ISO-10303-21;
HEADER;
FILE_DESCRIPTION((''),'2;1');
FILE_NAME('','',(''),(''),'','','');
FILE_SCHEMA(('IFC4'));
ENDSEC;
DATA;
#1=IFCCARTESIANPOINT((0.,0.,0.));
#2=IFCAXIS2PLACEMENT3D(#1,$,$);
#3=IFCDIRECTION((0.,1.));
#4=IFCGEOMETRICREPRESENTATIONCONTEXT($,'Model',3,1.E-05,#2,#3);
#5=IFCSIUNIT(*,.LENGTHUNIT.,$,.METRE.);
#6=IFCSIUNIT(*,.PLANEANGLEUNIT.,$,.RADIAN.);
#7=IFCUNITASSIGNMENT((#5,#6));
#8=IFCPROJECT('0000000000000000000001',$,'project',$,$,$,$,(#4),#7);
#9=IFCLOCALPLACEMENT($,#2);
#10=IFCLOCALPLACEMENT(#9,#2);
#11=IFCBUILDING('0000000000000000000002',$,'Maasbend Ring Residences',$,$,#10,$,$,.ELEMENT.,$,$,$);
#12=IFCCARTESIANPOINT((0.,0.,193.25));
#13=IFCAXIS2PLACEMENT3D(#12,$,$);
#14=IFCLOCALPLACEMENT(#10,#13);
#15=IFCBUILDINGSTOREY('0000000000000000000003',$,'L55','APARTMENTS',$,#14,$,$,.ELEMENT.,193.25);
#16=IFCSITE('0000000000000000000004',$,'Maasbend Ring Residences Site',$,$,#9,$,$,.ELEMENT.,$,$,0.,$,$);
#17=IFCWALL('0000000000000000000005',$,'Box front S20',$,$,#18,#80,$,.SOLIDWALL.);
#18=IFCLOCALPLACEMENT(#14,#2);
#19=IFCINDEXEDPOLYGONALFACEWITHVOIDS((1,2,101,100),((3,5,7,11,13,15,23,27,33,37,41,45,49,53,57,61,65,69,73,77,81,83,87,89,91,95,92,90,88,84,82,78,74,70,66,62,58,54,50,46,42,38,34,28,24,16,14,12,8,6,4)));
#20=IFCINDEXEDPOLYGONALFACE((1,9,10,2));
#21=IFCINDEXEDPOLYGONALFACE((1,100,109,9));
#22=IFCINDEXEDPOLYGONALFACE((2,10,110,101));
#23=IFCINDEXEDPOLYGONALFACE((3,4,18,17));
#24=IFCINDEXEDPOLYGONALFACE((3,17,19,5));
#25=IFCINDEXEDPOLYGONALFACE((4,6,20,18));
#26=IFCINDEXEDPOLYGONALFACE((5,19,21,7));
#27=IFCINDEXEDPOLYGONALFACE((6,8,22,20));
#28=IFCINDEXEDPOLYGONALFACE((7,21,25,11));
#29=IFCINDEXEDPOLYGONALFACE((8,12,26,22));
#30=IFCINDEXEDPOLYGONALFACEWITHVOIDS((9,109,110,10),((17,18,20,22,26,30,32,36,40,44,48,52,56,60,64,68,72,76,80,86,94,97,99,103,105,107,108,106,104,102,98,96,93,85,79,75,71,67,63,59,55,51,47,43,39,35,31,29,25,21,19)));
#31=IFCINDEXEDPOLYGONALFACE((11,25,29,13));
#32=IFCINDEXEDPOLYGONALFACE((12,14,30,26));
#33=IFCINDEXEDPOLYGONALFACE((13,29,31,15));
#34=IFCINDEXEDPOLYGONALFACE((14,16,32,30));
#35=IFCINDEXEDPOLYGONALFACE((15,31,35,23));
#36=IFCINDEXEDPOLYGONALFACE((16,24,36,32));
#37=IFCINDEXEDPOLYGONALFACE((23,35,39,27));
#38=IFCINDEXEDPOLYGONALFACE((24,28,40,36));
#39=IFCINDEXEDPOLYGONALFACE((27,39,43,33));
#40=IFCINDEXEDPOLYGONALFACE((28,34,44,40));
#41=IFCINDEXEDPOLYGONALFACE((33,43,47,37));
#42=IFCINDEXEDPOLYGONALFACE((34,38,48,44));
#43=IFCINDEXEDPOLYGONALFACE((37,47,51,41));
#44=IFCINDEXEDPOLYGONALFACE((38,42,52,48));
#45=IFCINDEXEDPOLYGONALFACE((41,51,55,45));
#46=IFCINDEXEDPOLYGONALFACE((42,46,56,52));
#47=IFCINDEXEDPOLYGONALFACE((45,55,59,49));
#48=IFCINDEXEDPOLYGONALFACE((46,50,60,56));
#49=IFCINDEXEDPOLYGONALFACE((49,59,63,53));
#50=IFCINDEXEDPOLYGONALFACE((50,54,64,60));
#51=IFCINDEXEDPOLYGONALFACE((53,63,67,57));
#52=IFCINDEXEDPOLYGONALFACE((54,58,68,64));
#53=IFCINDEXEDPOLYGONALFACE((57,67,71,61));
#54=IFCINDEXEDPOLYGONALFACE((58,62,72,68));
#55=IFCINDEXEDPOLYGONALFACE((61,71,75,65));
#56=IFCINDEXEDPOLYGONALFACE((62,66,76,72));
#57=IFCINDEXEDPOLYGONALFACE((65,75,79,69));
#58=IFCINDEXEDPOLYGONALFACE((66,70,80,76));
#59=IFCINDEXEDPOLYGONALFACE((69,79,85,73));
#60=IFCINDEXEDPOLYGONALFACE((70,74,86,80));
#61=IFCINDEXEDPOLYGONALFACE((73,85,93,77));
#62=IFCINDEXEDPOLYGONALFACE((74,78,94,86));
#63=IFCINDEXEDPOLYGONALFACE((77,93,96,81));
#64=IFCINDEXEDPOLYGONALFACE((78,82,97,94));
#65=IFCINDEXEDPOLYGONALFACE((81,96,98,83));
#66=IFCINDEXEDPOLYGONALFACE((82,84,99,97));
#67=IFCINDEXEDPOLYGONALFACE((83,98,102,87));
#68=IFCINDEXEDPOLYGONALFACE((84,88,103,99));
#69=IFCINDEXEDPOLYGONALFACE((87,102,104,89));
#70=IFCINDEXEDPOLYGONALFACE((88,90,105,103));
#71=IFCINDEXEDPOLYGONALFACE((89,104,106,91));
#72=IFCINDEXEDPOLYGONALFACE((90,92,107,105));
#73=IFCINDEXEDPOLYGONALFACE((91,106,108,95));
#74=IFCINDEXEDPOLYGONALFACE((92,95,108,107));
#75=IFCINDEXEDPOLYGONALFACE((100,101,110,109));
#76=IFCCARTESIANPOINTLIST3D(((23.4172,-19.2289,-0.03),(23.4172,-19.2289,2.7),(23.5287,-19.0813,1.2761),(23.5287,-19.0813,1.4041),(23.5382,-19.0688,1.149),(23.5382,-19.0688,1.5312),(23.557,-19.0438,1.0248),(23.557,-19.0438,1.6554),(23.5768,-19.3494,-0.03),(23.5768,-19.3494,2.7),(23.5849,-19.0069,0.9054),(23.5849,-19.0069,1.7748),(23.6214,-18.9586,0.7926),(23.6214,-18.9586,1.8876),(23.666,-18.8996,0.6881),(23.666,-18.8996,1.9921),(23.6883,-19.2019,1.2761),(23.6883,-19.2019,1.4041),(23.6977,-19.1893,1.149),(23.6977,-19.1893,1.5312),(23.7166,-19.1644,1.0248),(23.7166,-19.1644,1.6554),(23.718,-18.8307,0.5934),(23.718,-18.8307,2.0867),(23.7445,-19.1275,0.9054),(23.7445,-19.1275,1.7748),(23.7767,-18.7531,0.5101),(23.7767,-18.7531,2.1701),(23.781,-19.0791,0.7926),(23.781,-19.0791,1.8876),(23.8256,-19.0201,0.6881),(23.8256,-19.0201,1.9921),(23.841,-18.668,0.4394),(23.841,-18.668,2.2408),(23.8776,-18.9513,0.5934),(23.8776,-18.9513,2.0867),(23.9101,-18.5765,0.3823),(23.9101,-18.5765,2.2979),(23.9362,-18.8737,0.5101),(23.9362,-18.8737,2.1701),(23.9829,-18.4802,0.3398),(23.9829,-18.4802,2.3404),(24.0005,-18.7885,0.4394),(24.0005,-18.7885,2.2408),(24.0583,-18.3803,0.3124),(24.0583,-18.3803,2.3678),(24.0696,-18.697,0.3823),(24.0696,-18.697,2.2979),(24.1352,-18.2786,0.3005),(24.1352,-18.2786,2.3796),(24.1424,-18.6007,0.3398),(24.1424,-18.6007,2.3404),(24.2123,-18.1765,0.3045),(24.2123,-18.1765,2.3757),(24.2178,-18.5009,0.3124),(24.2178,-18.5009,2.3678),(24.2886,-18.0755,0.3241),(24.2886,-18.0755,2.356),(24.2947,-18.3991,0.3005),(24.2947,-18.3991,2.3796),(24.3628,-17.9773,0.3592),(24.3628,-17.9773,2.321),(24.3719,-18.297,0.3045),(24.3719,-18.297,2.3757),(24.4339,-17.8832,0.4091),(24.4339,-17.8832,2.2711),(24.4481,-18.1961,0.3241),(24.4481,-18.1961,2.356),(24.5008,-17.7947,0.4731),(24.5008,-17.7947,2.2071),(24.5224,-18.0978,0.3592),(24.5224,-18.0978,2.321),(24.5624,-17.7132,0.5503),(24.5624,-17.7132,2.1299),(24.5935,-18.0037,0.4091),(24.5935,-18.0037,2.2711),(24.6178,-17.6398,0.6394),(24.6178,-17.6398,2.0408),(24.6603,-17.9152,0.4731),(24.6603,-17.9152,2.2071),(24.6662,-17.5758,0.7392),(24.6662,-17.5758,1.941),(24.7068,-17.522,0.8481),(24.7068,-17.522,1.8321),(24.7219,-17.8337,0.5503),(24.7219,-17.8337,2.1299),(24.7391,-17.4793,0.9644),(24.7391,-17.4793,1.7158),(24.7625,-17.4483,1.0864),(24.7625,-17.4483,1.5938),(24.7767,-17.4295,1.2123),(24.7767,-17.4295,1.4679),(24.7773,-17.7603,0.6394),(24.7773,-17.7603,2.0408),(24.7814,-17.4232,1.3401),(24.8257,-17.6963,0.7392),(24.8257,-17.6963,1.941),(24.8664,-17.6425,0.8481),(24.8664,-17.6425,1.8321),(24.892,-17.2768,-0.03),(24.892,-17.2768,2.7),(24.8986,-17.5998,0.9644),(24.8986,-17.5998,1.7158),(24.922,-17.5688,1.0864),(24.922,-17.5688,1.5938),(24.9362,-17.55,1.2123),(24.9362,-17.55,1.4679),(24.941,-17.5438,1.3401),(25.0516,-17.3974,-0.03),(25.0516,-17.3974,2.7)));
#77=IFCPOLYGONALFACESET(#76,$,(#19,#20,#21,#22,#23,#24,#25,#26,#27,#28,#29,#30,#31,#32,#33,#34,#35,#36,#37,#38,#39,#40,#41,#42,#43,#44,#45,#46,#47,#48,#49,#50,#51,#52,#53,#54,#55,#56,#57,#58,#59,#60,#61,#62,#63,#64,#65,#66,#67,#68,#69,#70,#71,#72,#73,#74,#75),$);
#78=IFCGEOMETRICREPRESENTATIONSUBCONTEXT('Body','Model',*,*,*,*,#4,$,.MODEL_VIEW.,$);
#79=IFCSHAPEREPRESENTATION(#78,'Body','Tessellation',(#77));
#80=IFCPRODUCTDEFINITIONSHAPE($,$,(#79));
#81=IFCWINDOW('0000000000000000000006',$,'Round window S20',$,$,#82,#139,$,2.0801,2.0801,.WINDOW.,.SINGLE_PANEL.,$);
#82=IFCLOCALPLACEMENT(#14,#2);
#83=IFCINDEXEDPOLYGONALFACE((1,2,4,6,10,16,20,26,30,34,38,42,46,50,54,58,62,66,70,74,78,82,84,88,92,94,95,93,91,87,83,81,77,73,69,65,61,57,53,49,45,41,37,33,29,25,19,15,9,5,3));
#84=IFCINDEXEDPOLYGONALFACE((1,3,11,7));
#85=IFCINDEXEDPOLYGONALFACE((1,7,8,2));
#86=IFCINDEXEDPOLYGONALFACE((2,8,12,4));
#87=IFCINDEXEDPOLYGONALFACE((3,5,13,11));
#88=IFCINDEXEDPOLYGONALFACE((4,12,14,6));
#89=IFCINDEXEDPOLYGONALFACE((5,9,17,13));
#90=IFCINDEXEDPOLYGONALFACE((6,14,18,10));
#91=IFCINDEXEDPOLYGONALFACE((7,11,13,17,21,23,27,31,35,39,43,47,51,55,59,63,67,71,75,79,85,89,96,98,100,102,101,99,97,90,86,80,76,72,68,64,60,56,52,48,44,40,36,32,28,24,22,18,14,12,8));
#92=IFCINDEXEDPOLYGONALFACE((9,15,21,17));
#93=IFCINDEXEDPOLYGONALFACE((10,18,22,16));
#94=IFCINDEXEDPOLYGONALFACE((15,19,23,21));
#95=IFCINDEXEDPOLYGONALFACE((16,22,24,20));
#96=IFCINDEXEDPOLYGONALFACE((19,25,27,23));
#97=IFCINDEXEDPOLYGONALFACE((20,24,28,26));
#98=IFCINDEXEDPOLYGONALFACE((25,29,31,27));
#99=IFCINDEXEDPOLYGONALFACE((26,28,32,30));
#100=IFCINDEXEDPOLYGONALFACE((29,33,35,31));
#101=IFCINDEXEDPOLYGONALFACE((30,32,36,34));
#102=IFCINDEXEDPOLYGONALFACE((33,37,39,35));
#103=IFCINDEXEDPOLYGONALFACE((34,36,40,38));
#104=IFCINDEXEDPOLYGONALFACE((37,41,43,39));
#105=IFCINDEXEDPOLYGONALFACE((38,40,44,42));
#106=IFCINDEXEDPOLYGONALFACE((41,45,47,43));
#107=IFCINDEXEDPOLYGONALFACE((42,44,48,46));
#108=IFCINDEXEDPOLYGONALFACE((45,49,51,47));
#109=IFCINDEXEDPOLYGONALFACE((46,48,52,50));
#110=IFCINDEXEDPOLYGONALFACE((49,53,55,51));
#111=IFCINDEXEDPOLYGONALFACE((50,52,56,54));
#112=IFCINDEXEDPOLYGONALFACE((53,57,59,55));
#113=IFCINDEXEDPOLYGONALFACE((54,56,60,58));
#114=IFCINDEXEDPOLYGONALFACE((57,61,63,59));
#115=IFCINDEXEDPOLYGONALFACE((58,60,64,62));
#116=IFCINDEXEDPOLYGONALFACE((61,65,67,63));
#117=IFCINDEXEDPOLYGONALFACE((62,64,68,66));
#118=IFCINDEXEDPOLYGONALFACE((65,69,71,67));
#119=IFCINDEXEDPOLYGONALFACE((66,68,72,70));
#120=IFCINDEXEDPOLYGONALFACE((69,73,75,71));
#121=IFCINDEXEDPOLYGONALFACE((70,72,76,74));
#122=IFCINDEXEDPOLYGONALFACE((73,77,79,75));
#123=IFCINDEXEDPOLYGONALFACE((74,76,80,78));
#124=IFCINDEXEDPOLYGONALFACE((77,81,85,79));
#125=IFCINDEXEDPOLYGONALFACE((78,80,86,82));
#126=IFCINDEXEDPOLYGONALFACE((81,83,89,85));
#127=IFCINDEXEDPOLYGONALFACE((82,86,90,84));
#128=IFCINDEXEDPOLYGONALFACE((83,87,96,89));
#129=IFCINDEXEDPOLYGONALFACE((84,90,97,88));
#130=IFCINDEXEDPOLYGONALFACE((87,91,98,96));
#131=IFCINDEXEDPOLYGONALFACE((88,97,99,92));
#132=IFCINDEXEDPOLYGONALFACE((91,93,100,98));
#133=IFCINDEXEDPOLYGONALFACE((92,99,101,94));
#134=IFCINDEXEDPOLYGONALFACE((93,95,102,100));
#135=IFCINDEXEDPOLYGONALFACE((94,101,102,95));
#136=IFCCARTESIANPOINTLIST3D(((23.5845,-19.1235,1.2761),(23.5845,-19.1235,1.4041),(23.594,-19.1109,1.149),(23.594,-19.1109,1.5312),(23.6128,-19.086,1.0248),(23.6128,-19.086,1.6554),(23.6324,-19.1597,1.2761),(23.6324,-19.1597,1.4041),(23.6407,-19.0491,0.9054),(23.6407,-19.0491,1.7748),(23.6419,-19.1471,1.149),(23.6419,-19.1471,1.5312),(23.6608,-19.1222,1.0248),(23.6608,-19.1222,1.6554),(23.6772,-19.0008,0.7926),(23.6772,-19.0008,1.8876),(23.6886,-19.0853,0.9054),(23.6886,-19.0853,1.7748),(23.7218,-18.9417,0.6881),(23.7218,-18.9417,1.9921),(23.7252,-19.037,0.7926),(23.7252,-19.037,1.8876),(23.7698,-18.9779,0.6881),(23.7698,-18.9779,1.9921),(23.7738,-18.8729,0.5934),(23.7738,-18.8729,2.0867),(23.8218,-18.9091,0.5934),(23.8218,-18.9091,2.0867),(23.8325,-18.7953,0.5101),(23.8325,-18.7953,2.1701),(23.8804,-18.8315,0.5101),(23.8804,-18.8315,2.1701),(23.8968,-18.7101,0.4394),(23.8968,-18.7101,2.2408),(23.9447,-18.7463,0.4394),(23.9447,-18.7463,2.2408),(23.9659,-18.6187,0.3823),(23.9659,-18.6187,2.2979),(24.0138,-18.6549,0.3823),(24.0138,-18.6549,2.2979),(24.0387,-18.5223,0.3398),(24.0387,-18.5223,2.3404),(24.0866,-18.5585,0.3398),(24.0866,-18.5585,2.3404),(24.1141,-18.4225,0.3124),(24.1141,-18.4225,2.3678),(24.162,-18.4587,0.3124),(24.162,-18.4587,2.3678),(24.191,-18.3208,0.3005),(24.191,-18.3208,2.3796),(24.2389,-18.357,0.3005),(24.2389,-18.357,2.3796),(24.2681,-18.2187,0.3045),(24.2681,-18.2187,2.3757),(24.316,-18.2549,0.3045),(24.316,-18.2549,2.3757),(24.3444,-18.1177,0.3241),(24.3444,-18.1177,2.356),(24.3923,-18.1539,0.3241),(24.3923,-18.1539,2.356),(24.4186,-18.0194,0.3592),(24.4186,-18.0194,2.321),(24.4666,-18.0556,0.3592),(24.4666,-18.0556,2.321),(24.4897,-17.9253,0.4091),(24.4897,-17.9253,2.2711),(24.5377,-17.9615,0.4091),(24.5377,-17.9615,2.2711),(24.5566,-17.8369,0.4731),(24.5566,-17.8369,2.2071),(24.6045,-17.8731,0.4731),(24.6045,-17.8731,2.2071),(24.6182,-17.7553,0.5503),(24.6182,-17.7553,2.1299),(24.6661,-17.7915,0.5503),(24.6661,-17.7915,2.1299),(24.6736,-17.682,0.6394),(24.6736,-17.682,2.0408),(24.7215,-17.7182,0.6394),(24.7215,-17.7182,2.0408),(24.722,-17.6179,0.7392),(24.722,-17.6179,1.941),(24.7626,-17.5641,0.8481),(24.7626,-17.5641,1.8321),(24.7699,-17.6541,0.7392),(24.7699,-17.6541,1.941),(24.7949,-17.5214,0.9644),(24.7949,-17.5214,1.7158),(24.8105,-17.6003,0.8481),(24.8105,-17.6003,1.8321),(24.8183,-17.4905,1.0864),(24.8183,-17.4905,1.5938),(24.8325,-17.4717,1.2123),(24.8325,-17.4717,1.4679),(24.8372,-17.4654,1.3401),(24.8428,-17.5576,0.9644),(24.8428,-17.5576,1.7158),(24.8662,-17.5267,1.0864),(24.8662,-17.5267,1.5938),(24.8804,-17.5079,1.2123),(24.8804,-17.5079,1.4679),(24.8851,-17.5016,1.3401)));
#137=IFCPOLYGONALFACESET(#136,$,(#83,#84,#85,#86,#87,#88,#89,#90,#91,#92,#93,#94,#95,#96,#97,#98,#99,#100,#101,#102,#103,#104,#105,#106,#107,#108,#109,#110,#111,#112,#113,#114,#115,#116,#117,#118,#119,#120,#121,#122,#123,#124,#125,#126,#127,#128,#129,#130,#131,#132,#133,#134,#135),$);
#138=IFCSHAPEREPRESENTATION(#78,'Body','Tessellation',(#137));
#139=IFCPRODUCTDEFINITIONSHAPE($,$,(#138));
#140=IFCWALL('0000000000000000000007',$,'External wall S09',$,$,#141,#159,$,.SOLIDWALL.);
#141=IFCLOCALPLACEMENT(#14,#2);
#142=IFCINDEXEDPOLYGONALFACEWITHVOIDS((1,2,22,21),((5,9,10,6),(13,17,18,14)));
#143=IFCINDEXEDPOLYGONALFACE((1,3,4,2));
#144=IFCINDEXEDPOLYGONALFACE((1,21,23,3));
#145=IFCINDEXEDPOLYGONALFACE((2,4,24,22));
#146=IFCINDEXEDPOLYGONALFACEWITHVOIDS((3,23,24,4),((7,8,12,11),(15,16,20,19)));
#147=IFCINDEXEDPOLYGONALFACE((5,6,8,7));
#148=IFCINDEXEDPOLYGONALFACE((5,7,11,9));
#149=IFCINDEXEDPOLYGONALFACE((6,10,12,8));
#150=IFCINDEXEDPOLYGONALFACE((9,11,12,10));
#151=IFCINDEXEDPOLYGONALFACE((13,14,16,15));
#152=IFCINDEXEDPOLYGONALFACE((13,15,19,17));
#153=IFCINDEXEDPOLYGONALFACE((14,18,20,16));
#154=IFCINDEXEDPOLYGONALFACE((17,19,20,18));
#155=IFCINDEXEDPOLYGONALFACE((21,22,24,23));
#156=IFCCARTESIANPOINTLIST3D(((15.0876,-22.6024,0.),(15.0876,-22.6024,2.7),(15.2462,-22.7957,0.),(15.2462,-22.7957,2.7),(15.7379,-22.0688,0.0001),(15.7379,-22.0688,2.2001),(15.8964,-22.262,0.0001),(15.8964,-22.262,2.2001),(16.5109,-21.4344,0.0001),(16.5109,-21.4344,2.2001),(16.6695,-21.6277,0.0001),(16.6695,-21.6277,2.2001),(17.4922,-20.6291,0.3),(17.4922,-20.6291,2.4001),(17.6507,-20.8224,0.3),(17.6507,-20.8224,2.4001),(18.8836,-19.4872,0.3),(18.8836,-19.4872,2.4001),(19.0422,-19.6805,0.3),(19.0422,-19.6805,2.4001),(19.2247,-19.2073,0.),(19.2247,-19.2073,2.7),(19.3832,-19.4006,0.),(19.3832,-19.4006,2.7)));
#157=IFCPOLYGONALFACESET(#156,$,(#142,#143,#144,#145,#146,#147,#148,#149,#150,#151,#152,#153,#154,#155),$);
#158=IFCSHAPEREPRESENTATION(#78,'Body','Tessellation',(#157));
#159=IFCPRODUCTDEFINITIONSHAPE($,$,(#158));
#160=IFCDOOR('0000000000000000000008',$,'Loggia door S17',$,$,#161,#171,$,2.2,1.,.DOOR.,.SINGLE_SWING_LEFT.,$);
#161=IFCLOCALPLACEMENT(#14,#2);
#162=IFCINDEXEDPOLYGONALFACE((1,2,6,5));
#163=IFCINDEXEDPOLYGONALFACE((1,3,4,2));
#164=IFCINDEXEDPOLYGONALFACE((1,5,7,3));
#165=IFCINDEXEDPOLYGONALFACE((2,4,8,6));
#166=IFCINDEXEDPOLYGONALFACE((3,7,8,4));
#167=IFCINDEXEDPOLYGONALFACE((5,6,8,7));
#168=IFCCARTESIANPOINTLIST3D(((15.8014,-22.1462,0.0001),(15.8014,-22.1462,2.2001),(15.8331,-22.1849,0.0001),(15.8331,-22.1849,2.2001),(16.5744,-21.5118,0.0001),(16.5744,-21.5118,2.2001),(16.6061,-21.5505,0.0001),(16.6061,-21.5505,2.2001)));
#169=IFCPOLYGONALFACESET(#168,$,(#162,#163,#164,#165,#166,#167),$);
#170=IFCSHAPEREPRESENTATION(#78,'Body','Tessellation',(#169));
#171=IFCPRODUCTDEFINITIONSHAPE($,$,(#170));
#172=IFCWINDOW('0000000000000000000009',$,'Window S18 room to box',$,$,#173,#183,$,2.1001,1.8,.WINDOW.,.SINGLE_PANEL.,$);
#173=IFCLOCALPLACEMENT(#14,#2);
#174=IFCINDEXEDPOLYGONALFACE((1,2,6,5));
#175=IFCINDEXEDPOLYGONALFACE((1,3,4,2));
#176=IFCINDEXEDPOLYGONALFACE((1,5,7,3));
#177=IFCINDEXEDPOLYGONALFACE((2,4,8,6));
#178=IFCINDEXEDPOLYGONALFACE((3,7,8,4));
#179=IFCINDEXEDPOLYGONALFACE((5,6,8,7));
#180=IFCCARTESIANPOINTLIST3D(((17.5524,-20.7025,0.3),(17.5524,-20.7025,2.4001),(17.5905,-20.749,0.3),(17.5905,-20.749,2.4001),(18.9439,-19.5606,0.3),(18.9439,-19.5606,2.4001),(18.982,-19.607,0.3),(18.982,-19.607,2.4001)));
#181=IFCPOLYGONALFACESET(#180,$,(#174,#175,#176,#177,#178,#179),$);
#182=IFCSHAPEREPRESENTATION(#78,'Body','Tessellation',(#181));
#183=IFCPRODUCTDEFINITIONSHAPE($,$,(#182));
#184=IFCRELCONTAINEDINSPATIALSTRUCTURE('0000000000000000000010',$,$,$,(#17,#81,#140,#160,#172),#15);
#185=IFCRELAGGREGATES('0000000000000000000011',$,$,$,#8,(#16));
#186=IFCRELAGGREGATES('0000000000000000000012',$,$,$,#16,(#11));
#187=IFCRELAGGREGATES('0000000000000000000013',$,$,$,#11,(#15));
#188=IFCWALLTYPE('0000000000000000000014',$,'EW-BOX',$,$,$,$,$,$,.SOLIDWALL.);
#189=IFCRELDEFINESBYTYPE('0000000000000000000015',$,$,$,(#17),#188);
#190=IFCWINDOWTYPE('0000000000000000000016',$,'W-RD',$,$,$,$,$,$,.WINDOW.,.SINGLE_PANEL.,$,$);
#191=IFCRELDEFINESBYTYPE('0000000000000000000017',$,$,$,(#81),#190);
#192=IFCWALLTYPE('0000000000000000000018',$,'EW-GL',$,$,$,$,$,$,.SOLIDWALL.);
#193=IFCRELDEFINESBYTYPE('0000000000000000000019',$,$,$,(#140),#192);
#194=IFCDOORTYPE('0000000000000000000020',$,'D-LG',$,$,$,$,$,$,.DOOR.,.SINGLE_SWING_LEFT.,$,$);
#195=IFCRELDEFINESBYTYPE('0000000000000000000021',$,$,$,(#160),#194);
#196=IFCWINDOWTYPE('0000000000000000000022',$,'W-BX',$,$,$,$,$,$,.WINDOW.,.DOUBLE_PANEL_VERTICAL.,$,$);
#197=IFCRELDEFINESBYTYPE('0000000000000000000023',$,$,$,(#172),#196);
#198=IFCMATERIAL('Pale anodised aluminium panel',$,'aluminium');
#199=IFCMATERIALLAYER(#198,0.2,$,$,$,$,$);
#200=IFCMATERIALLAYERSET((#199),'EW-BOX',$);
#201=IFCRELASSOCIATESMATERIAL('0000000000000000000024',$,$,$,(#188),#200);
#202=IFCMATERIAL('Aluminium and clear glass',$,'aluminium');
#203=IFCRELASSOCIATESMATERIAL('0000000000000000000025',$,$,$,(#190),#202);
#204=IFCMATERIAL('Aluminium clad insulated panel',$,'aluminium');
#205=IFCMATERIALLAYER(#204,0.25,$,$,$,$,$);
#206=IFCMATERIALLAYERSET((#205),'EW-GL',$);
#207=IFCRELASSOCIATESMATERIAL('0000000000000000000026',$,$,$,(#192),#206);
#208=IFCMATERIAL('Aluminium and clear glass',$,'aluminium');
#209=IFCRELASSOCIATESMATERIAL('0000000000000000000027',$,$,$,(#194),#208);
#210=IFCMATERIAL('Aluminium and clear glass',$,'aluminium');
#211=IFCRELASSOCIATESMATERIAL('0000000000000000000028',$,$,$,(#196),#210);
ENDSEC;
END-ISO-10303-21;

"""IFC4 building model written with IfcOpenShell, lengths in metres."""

from ifc_helpers import new_model, si_unit, direction, frame, frame_2d, origin, place, context, subcontext, project, spatial, rectangle, circle, extrude, material, layer, layer_set, type_object, element, fill, save


model = new_model("IFC4")

# Units and contexts
model_context = context("Model", 3, precision=1e-05, world=origin(), true_north=direction((0.0, 1.0)))
body_context = subcontext(model_context, "Body", "Model", "MODEL_VIEW")
ifc_project = project(units=[si_unit("LENGTHUNIT", "METRE"), si_unit("PLANEANGLEUNIT", "RADIAN")], contexts=[model_context])

# Site, building, storey
site_placement = place(None, origin())
site = spatial("IfcSite", under=ifc_project, at=site_placement, Name="Maasbend Ring Residences Site", CompositionType="ELEMENT", RefElevation=0.0)
building_placement = place(site_placement, origin())
building = spatial("IfcBuilding", under=site, at=building_placement, Name="Maasbend Ring Residences", CompositionType="ELEMENT")
storey_placement = place(building_placement, frame((0.0, 0.0, 193.25)))
storey = spatial("IfcBuildingStorey", under=building, at=storey_placement, Name="L55", Description="APARTMENTS", CompositionType="ELEMENT", Elevation=193.25)

# Shared definitions
ifc_material_1 = material(Name="Pale anodised aluminium panel", Category="aluminium")
ifc_layer_1 = layer(ifc_material_1, 0.2)
ifc_layer_set_1 = layer_set([ifc_layer_1], Name="EW-BOX")
wall_type_1 = type_object("IfcWallType", Name="EW-BOX", PredefinedType="SOLIDWALL", material=ifc_layer_set_1)
ifc_material_2 = material(Name="Aluminium and clear glass", Category="aluminium")
window_type_1 = type_object("IfcWindowType", Name="W-RD", PartitioningType="SINGLE_PANEL", PredefinedType="WINDOW", material=ifc_material_2)

# Wall, opening, window
wall_1_placement = place(storey_placement, frame((23.4971, -19.2891, -0.03), z_axis=(0.0, 0.0, 1.0), x_axis=(0.602806, 0.797888, 0.0)))
wall_1 = element("IfcWall", 1, at=wall_1_placement, inside=storey, type_object=wall_type_1, Name="Box front S20", PredefinedType="SOLIDWALL", context=body_context, shape_type="SweptSolid", body=[
    extrude(rectangle(XDim=2.4465, YDim=0.2, at=frame_2d((1.2231, 0.0))), origin(), (0.0, 0.0, 1.0), 2.73),
])
opening_1_placement = place(wall_1_placement, frame((0.1829, 0.0, 0.3301)))
opening_1 = element("IfcOpeningElement", 2, at=opening_1_placement, cuts=wall_1, PredefinedType="OPENING", context=body_context, shape_type="SweptSolid", body=[
    extrude(circle(Radius=1.04, at=frame_2d((1.04, 1.04))), frame((0.0, 0.1099, 0.0), z_axis=(0.0, -1.0, 0.0), x_axis=(1.0, 0.0, 0.0)), (0.0, 0.0, 1.0), 0.22),
])
window_1_placement = place(opening_1_placement, origin())
window_1 = element("IfcWindow", 3, at=window_1_placement, inside=storey, type_object=window_type_1, Name="Round window S20", OverallHeight=2.0801, OverallWidth=2.0801, PartitioningType="SINGLE_PANEL", PredefinedType="WINDOW", context=body_context, shape_type="SweptSolid", body=[
    extrude(circle(Radius=1.04, at=frame_2d((1.04, 1.04))), frame((0.0, 0.03, 0.0), z_axis=(0.0, -1.0, 0.0), x_axis=(1.0, 0.0, 0.0)), (0.0, 0.0, 1.0), 0.0601),
])
fill(opening_1, window_1)

# Wall, openings, door, window
ifc_material_3 = material(Name="Aluminium clad insulated panel", Category="aluminium")
ifc_layer_2 = layer(ifc_material_3, 0.25)
ifc_layer_set_2 = layer_set([ifc_layer_2], Name="EW-GL")
wall_type_2 = type_object("IfcWallType", Name="EW-GL", PredefinedType="SOLIDWALL", material=ifc_layer_set_2)
wall_2_placement = place(storey_placement, frame((15.167, -22.699, 0.0), z_axis=(0.0, 0.0, 1.0), x_axis=(0.773019, 0.634382, 0.0)))
wall_2 = element("IfcWall", 4, at=wall_2_placement, inside=storey, type_object=wall_type_2, Name="External wall S09", PredefinedType="SOLIDWALL", context=body_context, shape_type="SweptSolid", body=[
    extrude(rectangle(XDim=5.3518, YDim=0.25, at=frame_2d((2.6758, 0.0))), origin(), (0.0, 0.0, 1.0), 2.7),
])
opening_2_placement = place(wall_2_placement, frame((0.8411, 0.0, 0.0)))
opening_2 = element("IfcOpeningElement", 5, at=opening_2_placement, cuts=wall_2, PredefinedType="OPENING", context=body_context, shape_type="SweptSolid", body=[
    extrude(rectangle(XDim=1.0, YDim=2.2, at=frame_2d((0.5, 1.1001))), frame((0.0, 0.135, 0.0), z_axis=(0.0, -1.0, 0.0), x_axis=(1.0, 0.0, 0.0)), (0.0, 0.0, 1.0), 0.27),
])
opening_3_placement = place(wall_2_placement, frame((3.1106, 0.0, 0.3)))
opening_3 = element("IfcOpeningElement", 6, at=opening_3_placement, cuts=wall_2, PredefinedType="OPENING", context=body_context, shape_type="SweptSolid", body=[
    extrude(rectangle(XDim=1.8, YDim=2.1001, at=frame_2d((0.8999, 1.05))), frame((0.0, 0.135, 0.0), z_axis=(0.0, -1.0, 0.0), x_axis=(1.0, 0.0, 0.0)), (0.0, 0.0, 1.0), 0.27),
])
ifc_material_4 = material(Name="Aluminium and clear glass", Category="aluminium")
door_type_1 = type_object("IfcDoorType", Name="D-LG", OperationType="SINGLE_SWING_LEFT", PredefinedType="DOOR", material=ifc_material_4)
door_1_placement = place(opening_2_placement, origin())
door_1 = element("IfcDoor", 7, at=door_1_placement, inside=storey, type_object=door_type_1, Name="Loggia door S17", OperationType="SINGLE_SWING_LEFT", OverallHeight=2.2, OverallWidth=1.0, PredefinedType="DOOR", context=body_context, shape_type="SweptSolid", body=[
    extrude(rectangle(XDim=1.0, YDim=2.2, at=frame_2d((0.5, 1.1001))), frame((0.0, 0.0249, 0.0), z_axis=(0.0, -1.0, 0.0), x_axis=(1.0, 0.0, 0.0)), (0.0, 0.0, 1.0), 0.05),
])
fill(opening_2, door_1)
ifc_material_5 = material(Name="Aluminium and clear glass", Category="aluminium")
window_type_2 = type_object("IfcWindowType", Name="W-BX", PartitioningType="DOUBLE_PANEL_VERTICAL", PredefinedType="WINDOW", material=ifc_material_5)
window_2_placement = place(opening_3_placement, origin())
window_2 = element("IfcWindow", 8, at=window_2_placement, inside=storey, type_object=window_type_2, Name="Window S18 room to box", OverallHeight=2.1001, OverallWidth=1.8, PartitioningType="SINGLE_PANEL", PredefinedType="WINDOW", context=body_context, shape_type="SweptSolid", body=[
    extrude(rectangle(XDim=1.8, YDim=2.1001, at=frame_2d((0.8999, 1.05))), frame((0.0, 0.03, 0.0), z_axis=(0.0, -1.0, 0.0), x_axis=(1.0, 0.0, 0.0)), (0.0, 0.0, 1.0), 0.0601),
])
fill(opening_3, window_2)

save(model, "model.ifc")
